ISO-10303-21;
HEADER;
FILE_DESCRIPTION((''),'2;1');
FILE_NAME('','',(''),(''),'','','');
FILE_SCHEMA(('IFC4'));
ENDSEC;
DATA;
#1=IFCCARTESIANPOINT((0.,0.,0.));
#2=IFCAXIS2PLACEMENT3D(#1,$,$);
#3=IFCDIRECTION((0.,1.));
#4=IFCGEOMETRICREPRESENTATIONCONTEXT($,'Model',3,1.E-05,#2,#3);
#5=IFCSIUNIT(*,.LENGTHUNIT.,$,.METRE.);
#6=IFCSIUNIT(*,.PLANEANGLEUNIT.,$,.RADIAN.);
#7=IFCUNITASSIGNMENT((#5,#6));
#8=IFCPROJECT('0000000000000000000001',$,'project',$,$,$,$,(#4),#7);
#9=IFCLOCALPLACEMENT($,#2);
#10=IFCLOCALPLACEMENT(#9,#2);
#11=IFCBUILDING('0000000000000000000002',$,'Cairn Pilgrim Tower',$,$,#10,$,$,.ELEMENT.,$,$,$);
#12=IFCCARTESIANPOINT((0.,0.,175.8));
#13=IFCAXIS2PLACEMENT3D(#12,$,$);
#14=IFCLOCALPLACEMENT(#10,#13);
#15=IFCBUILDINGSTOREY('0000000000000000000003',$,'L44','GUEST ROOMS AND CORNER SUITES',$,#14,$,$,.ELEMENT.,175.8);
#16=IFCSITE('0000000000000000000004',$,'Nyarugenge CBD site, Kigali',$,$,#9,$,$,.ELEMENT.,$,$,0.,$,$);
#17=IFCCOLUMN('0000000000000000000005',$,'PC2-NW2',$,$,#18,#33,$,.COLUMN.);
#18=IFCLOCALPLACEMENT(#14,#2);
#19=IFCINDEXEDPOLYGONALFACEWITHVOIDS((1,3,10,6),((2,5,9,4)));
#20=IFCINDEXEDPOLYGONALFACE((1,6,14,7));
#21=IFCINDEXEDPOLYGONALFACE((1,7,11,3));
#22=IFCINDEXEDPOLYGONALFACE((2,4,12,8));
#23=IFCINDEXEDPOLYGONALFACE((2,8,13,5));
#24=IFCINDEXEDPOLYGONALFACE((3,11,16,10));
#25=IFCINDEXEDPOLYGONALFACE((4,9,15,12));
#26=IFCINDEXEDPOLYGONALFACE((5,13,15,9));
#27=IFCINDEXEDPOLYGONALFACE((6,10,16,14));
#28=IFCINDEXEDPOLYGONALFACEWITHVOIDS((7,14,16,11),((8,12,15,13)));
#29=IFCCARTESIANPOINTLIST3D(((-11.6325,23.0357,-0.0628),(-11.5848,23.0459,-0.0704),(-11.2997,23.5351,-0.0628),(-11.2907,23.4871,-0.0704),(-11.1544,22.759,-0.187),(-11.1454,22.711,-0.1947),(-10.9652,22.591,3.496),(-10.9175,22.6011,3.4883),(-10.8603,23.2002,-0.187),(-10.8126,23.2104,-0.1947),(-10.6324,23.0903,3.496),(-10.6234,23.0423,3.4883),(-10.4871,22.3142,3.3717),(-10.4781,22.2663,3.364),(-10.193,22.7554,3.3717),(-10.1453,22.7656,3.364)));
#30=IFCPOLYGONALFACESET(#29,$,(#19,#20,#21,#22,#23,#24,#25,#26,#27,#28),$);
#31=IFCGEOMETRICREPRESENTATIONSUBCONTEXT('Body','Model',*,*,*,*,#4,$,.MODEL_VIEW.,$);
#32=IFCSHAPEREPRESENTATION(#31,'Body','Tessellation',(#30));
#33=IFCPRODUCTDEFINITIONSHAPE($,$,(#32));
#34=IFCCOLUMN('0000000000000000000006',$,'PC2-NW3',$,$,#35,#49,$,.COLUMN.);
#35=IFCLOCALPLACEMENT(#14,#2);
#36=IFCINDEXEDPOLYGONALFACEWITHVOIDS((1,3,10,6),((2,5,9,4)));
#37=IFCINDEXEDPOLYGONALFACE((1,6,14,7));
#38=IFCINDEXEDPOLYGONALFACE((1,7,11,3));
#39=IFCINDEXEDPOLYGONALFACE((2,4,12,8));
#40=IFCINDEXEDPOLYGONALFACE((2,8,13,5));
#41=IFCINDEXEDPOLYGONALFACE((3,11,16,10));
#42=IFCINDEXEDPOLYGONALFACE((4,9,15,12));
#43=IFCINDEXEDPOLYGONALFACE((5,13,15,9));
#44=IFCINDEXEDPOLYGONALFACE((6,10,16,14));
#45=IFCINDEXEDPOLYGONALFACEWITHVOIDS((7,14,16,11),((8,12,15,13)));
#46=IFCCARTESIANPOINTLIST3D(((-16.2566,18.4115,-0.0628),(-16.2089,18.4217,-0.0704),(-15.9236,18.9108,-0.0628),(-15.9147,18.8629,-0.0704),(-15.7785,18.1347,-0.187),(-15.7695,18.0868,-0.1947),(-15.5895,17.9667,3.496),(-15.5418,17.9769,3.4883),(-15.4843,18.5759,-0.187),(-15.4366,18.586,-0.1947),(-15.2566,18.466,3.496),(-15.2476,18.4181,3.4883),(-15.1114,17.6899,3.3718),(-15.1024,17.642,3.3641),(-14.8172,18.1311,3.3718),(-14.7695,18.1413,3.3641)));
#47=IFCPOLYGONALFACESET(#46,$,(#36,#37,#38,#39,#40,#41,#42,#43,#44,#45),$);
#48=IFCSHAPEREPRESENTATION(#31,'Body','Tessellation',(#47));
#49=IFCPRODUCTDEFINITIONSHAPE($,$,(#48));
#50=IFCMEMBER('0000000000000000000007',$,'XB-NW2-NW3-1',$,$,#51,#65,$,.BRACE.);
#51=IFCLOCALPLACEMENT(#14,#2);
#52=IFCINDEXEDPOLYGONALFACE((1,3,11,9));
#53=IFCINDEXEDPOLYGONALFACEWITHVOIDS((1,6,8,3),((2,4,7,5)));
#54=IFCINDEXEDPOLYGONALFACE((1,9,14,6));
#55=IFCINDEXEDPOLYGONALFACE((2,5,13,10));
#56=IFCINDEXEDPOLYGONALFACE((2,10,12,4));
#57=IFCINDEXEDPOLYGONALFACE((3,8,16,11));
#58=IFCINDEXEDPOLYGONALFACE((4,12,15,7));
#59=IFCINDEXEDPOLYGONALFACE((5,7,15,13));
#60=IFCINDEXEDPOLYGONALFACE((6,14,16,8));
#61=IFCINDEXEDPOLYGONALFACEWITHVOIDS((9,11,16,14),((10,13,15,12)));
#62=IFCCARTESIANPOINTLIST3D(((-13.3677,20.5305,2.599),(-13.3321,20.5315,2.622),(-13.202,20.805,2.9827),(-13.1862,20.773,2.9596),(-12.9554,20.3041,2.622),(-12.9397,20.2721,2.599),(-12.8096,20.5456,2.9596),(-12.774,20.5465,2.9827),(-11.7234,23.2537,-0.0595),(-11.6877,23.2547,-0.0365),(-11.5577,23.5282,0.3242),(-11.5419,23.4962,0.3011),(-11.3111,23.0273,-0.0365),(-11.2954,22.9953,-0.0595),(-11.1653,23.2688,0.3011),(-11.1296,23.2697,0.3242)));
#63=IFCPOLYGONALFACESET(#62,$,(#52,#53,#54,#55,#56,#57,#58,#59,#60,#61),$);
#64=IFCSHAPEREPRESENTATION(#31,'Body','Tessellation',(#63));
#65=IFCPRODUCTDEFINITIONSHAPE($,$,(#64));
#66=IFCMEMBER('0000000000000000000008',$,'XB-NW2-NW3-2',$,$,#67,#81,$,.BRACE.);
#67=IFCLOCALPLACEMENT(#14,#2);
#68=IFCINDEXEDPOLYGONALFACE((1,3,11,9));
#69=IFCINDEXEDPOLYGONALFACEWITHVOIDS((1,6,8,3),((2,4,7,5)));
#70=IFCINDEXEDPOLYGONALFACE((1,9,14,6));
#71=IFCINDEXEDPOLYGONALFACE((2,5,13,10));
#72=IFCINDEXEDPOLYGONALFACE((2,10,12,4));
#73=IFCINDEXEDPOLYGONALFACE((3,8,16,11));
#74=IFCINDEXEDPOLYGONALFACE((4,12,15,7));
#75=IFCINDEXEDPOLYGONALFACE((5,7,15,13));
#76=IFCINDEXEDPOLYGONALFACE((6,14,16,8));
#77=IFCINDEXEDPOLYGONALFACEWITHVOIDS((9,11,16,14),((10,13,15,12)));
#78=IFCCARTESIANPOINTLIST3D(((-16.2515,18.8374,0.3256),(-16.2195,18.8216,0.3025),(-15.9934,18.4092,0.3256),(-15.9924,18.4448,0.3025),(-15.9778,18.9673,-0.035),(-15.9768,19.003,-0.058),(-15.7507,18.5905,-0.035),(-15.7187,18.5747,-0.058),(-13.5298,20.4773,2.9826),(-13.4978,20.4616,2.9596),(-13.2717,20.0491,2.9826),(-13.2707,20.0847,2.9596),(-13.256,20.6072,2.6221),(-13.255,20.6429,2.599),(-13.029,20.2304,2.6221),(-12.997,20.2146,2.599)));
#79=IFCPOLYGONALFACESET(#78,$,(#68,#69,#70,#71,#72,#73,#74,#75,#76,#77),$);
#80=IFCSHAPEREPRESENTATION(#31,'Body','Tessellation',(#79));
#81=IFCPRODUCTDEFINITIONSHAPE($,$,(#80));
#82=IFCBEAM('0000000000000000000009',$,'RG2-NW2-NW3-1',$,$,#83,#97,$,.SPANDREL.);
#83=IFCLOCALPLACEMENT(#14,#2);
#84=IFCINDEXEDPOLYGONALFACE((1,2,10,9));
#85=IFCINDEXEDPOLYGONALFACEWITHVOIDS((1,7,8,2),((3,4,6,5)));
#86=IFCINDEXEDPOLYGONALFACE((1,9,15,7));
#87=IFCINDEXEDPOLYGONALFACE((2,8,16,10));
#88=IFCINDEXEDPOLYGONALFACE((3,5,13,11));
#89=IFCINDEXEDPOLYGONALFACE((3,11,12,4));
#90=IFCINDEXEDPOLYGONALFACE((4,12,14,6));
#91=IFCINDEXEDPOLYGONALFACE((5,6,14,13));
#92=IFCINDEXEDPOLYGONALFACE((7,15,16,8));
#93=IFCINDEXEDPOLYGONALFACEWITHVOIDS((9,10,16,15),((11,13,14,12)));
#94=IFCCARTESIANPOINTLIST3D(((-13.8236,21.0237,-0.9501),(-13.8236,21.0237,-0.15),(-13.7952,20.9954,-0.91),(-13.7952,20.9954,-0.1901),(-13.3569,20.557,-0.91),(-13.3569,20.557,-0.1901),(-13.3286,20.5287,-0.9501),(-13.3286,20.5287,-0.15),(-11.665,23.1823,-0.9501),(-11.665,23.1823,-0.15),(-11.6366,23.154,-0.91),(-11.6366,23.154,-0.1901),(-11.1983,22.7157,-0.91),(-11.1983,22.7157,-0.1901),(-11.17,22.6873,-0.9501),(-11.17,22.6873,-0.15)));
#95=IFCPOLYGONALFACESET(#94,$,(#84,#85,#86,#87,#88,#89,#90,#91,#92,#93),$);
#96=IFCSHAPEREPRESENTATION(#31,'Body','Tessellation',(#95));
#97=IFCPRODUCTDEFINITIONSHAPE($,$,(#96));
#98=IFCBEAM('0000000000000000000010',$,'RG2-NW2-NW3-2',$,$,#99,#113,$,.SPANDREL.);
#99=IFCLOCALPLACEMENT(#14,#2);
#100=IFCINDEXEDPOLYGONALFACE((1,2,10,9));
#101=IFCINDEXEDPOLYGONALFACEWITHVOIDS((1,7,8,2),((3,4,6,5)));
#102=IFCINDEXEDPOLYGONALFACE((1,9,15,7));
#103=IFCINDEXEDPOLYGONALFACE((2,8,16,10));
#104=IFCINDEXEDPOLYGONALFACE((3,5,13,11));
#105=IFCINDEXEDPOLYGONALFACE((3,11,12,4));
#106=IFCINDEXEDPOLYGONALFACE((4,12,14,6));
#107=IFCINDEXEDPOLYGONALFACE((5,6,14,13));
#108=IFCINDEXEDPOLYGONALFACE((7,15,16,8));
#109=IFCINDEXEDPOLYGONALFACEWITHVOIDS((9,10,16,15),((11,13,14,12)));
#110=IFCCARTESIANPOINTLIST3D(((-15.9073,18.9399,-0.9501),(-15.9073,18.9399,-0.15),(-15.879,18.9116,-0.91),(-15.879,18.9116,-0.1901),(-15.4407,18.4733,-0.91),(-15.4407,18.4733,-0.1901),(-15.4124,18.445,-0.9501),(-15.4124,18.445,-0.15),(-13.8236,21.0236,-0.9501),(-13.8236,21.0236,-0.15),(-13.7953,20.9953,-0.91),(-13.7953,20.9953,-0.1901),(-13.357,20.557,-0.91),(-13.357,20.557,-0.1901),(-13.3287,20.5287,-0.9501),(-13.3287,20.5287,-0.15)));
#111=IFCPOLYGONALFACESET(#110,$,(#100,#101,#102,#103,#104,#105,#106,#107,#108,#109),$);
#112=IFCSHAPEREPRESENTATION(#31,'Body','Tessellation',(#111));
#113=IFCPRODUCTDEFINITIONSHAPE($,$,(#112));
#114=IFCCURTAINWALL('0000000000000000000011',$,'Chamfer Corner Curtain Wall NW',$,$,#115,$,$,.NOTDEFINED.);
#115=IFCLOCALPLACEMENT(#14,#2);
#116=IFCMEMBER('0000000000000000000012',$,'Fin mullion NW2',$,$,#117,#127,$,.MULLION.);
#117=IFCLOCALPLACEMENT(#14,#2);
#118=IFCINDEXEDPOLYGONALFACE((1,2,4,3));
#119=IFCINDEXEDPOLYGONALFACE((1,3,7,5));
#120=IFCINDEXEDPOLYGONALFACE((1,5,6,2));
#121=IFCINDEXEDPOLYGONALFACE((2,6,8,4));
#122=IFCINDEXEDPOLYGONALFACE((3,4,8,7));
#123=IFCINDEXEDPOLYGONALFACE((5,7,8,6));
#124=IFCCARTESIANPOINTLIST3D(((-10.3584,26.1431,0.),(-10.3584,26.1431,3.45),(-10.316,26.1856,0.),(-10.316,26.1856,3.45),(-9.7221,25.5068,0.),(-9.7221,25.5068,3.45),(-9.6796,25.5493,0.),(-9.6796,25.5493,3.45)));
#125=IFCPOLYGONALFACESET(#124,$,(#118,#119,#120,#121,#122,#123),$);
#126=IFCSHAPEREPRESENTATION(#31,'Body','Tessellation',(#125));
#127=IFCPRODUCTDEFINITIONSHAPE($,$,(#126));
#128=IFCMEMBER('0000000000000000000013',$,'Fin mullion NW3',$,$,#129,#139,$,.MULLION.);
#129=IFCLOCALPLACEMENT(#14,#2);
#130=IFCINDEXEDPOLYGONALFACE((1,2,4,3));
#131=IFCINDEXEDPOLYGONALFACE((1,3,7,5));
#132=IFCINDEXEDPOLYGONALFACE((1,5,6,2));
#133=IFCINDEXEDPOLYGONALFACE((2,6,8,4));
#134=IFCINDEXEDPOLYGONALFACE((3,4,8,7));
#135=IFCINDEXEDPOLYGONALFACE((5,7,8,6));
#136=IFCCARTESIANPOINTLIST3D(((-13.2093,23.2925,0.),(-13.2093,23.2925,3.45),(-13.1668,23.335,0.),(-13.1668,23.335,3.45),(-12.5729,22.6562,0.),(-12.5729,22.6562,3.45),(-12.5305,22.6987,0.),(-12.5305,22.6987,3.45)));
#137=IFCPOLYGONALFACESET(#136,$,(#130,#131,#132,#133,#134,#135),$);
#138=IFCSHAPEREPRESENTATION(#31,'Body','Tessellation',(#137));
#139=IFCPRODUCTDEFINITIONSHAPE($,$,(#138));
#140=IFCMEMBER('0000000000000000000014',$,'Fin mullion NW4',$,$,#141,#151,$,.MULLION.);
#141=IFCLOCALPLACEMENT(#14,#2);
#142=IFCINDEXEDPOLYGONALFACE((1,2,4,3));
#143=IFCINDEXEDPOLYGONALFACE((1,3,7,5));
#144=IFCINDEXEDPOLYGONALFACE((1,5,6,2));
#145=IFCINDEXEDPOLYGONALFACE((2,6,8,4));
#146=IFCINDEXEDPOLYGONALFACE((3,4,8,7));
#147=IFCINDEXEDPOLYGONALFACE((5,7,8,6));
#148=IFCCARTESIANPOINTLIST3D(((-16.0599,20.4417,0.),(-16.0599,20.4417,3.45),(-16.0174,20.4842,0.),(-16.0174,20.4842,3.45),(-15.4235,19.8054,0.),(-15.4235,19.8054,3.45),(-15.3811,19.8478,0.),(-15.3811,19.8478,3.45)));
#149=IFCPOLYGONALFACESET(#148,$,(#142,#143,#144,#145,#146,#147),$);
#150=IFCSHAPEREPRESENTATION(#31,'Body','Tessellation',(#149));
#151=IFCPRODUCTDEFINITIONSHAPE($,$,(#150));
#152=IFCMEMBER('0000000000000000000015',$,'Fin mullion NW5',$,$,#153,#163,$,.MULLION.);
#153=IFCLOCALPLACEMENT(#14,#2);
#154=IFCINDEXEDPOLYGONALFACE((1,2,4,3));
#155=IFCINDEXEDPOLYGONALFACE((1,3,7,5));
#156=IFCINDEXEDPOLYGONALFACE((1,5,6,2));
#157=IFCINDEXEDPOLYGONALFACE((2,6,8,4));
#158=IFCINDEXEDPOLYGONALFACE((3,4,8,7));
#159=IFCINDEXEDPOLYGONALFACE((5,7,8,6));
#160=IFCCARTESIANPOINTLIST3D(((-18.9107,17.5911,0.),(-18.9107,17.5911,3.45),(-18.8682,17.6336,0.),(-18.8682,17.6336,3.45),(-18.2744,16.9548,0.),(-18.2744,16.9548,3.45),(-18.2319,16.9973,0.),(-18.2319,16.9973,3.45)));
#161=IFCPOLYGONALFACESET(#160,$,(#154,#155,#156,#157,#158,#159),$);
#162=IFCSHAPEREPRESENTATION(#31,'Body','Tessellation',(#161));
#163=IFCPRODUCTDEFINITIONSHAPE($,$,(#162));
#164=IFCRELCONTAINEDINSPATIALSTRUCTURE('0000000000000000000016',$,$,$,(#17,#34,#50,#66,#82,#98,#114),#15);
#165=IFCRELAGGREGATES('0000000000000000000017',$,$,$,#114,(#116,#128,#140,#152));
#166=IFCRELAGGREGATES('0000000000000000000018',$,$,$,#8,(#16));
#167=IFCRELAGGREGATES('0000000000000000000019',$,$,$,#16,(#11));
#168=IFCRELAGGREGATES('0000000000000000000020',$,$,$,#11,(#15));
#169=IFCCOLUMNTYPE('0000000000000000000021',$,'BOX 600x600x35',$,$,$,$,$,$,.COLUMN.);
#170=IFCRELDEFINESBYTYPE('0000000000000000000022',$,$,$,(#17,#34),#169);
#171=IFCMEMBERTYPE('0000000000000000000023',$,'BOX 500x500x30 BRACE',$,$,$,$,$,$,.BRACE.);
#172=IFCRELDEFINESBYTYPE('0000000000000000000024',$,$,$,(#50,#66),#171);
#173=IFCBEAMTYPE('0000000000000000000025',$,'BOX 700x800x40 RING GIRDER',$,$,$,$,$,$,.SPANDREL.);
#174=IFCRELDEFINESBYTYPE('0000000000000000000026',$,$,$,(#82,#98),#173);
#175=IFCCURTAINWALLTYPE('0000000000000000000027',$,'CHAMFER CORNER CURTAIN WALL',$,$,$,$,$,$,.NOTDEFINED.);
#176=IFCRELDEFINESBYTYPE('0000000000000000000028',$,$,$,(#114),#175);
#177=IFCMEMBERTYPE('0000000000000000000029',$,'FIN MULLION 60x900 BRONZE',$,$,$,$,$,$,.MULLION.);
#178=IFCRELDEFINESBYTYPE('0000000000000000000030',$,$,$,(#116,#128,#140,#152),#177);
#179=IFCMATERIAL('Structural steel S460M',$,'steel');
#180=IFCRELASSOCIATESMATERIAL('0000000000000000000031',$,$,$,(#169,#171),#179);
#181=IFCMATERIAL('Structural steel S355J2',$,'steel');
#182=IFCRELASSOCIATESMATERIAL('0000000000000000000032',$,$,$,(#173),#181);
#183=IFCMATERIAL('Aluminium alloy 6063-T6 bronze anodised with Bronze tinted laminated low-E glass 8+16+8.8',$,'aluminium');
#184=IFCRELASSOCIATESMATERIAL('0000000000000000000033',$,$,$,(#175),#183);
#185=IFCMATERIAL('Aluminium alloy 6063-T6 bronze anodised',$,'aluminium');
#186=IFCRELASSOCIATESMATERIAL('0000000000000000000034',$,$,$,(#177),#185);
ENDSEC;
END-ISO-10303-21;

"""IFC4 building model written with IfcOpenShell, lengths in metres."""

from ifc_helpers import new_model, si_unit, direction, frame, origin, origin_2d, place, context, subcontext, project, spatial, rectangle, hollow_rectangle, extrude, clip, halfspace, material, material_profile, profile_set, type_object, element, aggregate, save


model = new_model("IFC4")

# Units and contexts
model_context = context("Model", 3, precision=1e-05, world=origin(), true_north=direction((0.0, 1.0)))
body_context = subcontext(model_context, "Body", "Model", "MODEL_VIEW")
ifc_project = project(units=[si_unit("LENGTHUNIT", "METRE"), si_unit("PLANEANGLEUNIT", "RADIAN")], contexts=[model_context])

# Site, building, storey
site_placement = place(None, origin())
site = spatial("IfcSite", under=ifc_project, at=site_placement, Name="Nyarugenge CBD site, Kigali", CompositionType="ELEMENT", RefElevation=0.0)
building_placement = place(site_placement, origin())
building = spatial("IfcBuilding", under=site, at=building_placement, Name="Cairn Pilgrim Tower", CompositionType="ELEMENT")
storey_placement = place(building_placement, frame((0.0, 0.0, 175.8)))
storey = spatial("IfcBuildingStorey", under=building, at=storey_placement, Name="L44", Description="GUEST ROOMS AND CORNER SUITES", CompositionType="ELEMENT", Elevation=175.8)

# Columns
ifc_material_1 = material(Name="Structural steel S460M", Category="steel")
ifc_material_profile_1 = material_profile(ifc_material_1, hollow_rectangle(XDim=0.6001, YDim=0.6001, WallThickness=0.0349, at=origin_2d()), Name="BOX 600x600x35")
ifc_profile_set_1 = profile_set([ifc_material_profile_1], Name="Structural steel S460M")
column_type = type_object("IfcColumnType", Name="BOX 600x600x35", PredefinedType="COLUMN", material=ifc_profile_set_1)
for number, where, z_axis, x_axis, name in (
    (1, (-11.2266, 23.1257, -0.1501), (0.182922, -0.121926, 0.975538), (0.554631, 0.832097, 0.0), "PC2-NW2"),
    (2, (-15.8506, 18.5015, -0.1501), (0.182858, -0.121927, 0.97555), (0.55477, 0.832004, 0.0), "PC2-NW3"),
):
    element("IfcColumn", number, at=place(storey_placement, frame(where, z_axis=z_axis, x_axis=x_axis)), inside=storey, type_object=column_type, Name=name, PredefinedType="COLUMN", context=body_context, shape_type="Clipping", body=[
        clip(clip(extrude(hollow_rectangle(XDim=0.6001, YDim=0.6001, WallThickness=0.0349, at=origin_2d()), origin(), (0.0, 0.0, 1.0), 3.6904), halfspace(frame((0.0, 0.0, 0.022), z_axis=(0.0, 0.0, 1.0), x_axis=(1.0, 0.0, 0.0)), True)), halfspace(frame((0.0, 0.0, 3.6699), z_axis=(0.0, 0.0, 1.0), x_axis=(1.0, 0.0, 0.0)), False)),
    ])

# Members
ifc_material_profile_2 = material_profile(ifc_material_1, hollow_rectangle(XDim=0.5, YDim=0.5, WallThickness=0.03, at=origin_2d()), Name="BOX 500x500x30")
ifc_profile_set_2 = profile_set([ifc_material_profile_2], Name="Structural steel S460M")
member_type_1 = type_object("IfcMemberType", Name="BOX 500x500x30 BRACE", PredefinedType="BRACE", material=ifc_profile_set_2)
member_1_placement = place(storey_placement, frame((-11.4265, 23.2617, 0.1323), z_axis=(-0.396628, -0.656866, 0.64126), x_axis=(0.856047, -0.516898, 0.0)))
element("IfcMember", 3, at=member_1_placement, inside=storey, type_object=member_type_1, Name="XB-NW2-NW3-1", PredefinedType="BRACE", context=body_context, shape_type="SweptSolid", body=[
    extrude(hollow_rectangle(XDim=0.5, YDim=0.5, WallThickness=0.03, at=origin_2d()), origin(), (0.0, 0.0, 1.0), 4.1458),
])
member_2_placement = place(storey_placement, frame((-15.9851, 18.7061, 0.1338), z_axis=(0.65709, 0.395916, 0.64147), x_axis=(-0.516088, 0.856536, 0.0)))
element("IfcMember", 4, at=member_2_placement, inside=storey, type_object=member_type_1, Name="XB-NW2-NW3-2", PredefinedType="BRACE", context=body_context, shape_type="SweptSolid", body=[
    extrude(hollow_rectangle(XDim=0.5, YDim=0.5, WallThickness=0.03, at=origin_2d()), origin(), (0.0, 0.0, 1.0), 4.1421),
])

# Beams
ifc_material_2 = material(Name="Structural steel S355J2", Category="steel")
ifc_material_profile_3 = material_profile(ifc_material_2, hollow_rectangle(XDim=0.7, YDim=0.8, WallThickness=0.04, at=origin_2d()), Name="BOX 700x800x40")
ifc_profile_set_3 = profile_set([ifc_material_profile_3], Name="Structural steel S355J2")
beam_type_1 = type_object("IfcBeamType", Name="BOX 700x800x40 RING GIRDER", PredefinedType="SPANDREL", material=ifc_profile_set_3)
beam_1_placement = place(storey_placement, frame((-11.4175, 22.9348, -0.55), z_axis=(-0.707107, -0.707107, 0.0), x_axis=(0.707107, -0.707107, 0.0)))
element("IfcBeam", 5, at=beam_1_placement, inside=storey, type_object=beam_type_1, Name="RG2-NW2-NW3-1", PredefinedType="SPANDREL", context=body_context, shape_type="SweptSolid", body=[
    extrude(hollow_rectangle(XDim=0.7, YDim=0.8, WallThickness=0.04, at=origin_2d()), origin(), (0.0, 0.0, 1.0), 3.0527),
])
beam_2_placement = place(storey_placement, frame((-13.5762, 20.7761, -0.55), z_axis=(-0.707107, -0.707107, 0.0), x_axis=(0.707107, -0.707107, 0.0)))
element("IfcBeam", 6, at=beam_2_placement, inside=storey, type_object=beam_type_1, Name="RG2-NW2-NW3-2", PredefinedType="SPANDREL", context=body_context, shape_type="SweptSolid", body=[
    extrude(hollow_rectangle(XDim=0.7, YDim=0.8, WallThickness=0.04, at=origin_2d()), origin(), (0.0, 0.0, 1.0), 2.9468),
])

# Curtain wall, members
ifc_material_3 = material(Name="Aluminium alloy 6063-T6 bronze anodised with Bronze tinted laminated low-E glass 8+16+8.8", Category="aluminium")
curtain_wall_type = type_object("IfcCurtainWallType", Name="CHAMFER CORNER CURTAIN WALL", PredefinedType="NOTDEFINED", material=ifc_material_3)
curtain_wall_placement = place(storey_placement, origin())
curtain_wall = element("IfcCurtainWall", 7, at=curtain_wall_placement, inside=storey, type_object=curtain_wall_type, Name="Chamfer Corner Curtain Wall NW", PredefinedType="NOTDEFINED")
ifc_material_4 = material(Name="Aluminium alloy 6063-T6 bronze anodised", Category="aluminium")
ifc_material_profile_4 = material_profile(ifc_material_4, rectangle(XDim=0.8999, YDim=0.0601, at=origin_2d()), Name="FIN MULLION 60x900 BRONZE")
ifc_profile_set_4 = profile_set([ifc_material_profile_4], Name="Aluminium alloy 6063-T6 bronze anodised")
member_type_2 = type_object("IfcMemberType", Name="FIN MULLION 60x900 BRONZE", PredefinedType="MULLION", material=ifc_profile_set_4)
member_3_placement = place(storey_placement, frame((-10.019, 25.8462, 0.0), z_axis=(0.0, 0.0, 1.0), x_axis=(-0.707107, 0.707107, 0.0)))
member_3 = element("IfcMember", 8, at=member_3_placement, type_object=member_type_2, Name="Fin mullion NW2", PredefinedType="MULLION", context=body_context, shape_type="SweptSolid", body=[
    extrude(rectangle(XDim=0.8999, YDim=0.0601, at=origin_2d()), origin(), (0.0, 0.0, 1.0), 3.45),
])
member_4_placement = place(storey_placement, frame((-12.8699, 22.9956, 0.0), z_axis=(0.0, 0.0, 1.0), x_axis=(-0.707107, 0.707107, 0.0)))
member_4 = element("IfcMember", 9, at=member_4_placement, type_object=member_type_2, Name="Fin mullion NW3", PredefinedType="MULLION", context=body_context, shape_type="SweptSolid", body=[
    extrude(rectangle(XDim=0.8999, YDim=0.0601, at=origin_2d()), origin(), (0.0, 0.0, 1.0), 3.45),
])
member_5_placement = place(storey_placement, frame((-15.7205, 20.1448, 0.0), z_axis=(0.0, 0.0, 1.0), x_axis=(-0.707107, 0.707107, 0.0)))
member_5 = element("IfcMember", 10, at=member_5_placement, type_object=member_type_2, Name="Fin mullion NW4", PredefinedType="MULLION", context=body_context, shape_type="SweptSolid", body=[
    extrude(rectangle(XDim=0.8999, YDim=0.0601, at=origin_2d()), origin(), (0.0, 0.0, 1.0), 3.45),
])
member_6_placement = place(storey_placement, frame((-18.5713, 17.2942, 0.0), z_axis=(0.0, 0.0, 1.0), x_axis=(-0.707107, 0.707107, 0.0)))
member_6 = element("IfcMember", 11, at=member_6_placement, type_object=member_type_2, Name="Fin mullion NW5", PredefinedType="MULLION", context=body_context, shape_type="SweptSolid", body=[
    extrude(rectangle(XDim=0.8999, YDim=0.0601, at=origin_2d()), origin(), (0.0, 0.0, 1.0), 3.45),
])

aggregate(curtain_wall, [member_3, member_4, member_5, member_6])

save(model, "model.ifc")
